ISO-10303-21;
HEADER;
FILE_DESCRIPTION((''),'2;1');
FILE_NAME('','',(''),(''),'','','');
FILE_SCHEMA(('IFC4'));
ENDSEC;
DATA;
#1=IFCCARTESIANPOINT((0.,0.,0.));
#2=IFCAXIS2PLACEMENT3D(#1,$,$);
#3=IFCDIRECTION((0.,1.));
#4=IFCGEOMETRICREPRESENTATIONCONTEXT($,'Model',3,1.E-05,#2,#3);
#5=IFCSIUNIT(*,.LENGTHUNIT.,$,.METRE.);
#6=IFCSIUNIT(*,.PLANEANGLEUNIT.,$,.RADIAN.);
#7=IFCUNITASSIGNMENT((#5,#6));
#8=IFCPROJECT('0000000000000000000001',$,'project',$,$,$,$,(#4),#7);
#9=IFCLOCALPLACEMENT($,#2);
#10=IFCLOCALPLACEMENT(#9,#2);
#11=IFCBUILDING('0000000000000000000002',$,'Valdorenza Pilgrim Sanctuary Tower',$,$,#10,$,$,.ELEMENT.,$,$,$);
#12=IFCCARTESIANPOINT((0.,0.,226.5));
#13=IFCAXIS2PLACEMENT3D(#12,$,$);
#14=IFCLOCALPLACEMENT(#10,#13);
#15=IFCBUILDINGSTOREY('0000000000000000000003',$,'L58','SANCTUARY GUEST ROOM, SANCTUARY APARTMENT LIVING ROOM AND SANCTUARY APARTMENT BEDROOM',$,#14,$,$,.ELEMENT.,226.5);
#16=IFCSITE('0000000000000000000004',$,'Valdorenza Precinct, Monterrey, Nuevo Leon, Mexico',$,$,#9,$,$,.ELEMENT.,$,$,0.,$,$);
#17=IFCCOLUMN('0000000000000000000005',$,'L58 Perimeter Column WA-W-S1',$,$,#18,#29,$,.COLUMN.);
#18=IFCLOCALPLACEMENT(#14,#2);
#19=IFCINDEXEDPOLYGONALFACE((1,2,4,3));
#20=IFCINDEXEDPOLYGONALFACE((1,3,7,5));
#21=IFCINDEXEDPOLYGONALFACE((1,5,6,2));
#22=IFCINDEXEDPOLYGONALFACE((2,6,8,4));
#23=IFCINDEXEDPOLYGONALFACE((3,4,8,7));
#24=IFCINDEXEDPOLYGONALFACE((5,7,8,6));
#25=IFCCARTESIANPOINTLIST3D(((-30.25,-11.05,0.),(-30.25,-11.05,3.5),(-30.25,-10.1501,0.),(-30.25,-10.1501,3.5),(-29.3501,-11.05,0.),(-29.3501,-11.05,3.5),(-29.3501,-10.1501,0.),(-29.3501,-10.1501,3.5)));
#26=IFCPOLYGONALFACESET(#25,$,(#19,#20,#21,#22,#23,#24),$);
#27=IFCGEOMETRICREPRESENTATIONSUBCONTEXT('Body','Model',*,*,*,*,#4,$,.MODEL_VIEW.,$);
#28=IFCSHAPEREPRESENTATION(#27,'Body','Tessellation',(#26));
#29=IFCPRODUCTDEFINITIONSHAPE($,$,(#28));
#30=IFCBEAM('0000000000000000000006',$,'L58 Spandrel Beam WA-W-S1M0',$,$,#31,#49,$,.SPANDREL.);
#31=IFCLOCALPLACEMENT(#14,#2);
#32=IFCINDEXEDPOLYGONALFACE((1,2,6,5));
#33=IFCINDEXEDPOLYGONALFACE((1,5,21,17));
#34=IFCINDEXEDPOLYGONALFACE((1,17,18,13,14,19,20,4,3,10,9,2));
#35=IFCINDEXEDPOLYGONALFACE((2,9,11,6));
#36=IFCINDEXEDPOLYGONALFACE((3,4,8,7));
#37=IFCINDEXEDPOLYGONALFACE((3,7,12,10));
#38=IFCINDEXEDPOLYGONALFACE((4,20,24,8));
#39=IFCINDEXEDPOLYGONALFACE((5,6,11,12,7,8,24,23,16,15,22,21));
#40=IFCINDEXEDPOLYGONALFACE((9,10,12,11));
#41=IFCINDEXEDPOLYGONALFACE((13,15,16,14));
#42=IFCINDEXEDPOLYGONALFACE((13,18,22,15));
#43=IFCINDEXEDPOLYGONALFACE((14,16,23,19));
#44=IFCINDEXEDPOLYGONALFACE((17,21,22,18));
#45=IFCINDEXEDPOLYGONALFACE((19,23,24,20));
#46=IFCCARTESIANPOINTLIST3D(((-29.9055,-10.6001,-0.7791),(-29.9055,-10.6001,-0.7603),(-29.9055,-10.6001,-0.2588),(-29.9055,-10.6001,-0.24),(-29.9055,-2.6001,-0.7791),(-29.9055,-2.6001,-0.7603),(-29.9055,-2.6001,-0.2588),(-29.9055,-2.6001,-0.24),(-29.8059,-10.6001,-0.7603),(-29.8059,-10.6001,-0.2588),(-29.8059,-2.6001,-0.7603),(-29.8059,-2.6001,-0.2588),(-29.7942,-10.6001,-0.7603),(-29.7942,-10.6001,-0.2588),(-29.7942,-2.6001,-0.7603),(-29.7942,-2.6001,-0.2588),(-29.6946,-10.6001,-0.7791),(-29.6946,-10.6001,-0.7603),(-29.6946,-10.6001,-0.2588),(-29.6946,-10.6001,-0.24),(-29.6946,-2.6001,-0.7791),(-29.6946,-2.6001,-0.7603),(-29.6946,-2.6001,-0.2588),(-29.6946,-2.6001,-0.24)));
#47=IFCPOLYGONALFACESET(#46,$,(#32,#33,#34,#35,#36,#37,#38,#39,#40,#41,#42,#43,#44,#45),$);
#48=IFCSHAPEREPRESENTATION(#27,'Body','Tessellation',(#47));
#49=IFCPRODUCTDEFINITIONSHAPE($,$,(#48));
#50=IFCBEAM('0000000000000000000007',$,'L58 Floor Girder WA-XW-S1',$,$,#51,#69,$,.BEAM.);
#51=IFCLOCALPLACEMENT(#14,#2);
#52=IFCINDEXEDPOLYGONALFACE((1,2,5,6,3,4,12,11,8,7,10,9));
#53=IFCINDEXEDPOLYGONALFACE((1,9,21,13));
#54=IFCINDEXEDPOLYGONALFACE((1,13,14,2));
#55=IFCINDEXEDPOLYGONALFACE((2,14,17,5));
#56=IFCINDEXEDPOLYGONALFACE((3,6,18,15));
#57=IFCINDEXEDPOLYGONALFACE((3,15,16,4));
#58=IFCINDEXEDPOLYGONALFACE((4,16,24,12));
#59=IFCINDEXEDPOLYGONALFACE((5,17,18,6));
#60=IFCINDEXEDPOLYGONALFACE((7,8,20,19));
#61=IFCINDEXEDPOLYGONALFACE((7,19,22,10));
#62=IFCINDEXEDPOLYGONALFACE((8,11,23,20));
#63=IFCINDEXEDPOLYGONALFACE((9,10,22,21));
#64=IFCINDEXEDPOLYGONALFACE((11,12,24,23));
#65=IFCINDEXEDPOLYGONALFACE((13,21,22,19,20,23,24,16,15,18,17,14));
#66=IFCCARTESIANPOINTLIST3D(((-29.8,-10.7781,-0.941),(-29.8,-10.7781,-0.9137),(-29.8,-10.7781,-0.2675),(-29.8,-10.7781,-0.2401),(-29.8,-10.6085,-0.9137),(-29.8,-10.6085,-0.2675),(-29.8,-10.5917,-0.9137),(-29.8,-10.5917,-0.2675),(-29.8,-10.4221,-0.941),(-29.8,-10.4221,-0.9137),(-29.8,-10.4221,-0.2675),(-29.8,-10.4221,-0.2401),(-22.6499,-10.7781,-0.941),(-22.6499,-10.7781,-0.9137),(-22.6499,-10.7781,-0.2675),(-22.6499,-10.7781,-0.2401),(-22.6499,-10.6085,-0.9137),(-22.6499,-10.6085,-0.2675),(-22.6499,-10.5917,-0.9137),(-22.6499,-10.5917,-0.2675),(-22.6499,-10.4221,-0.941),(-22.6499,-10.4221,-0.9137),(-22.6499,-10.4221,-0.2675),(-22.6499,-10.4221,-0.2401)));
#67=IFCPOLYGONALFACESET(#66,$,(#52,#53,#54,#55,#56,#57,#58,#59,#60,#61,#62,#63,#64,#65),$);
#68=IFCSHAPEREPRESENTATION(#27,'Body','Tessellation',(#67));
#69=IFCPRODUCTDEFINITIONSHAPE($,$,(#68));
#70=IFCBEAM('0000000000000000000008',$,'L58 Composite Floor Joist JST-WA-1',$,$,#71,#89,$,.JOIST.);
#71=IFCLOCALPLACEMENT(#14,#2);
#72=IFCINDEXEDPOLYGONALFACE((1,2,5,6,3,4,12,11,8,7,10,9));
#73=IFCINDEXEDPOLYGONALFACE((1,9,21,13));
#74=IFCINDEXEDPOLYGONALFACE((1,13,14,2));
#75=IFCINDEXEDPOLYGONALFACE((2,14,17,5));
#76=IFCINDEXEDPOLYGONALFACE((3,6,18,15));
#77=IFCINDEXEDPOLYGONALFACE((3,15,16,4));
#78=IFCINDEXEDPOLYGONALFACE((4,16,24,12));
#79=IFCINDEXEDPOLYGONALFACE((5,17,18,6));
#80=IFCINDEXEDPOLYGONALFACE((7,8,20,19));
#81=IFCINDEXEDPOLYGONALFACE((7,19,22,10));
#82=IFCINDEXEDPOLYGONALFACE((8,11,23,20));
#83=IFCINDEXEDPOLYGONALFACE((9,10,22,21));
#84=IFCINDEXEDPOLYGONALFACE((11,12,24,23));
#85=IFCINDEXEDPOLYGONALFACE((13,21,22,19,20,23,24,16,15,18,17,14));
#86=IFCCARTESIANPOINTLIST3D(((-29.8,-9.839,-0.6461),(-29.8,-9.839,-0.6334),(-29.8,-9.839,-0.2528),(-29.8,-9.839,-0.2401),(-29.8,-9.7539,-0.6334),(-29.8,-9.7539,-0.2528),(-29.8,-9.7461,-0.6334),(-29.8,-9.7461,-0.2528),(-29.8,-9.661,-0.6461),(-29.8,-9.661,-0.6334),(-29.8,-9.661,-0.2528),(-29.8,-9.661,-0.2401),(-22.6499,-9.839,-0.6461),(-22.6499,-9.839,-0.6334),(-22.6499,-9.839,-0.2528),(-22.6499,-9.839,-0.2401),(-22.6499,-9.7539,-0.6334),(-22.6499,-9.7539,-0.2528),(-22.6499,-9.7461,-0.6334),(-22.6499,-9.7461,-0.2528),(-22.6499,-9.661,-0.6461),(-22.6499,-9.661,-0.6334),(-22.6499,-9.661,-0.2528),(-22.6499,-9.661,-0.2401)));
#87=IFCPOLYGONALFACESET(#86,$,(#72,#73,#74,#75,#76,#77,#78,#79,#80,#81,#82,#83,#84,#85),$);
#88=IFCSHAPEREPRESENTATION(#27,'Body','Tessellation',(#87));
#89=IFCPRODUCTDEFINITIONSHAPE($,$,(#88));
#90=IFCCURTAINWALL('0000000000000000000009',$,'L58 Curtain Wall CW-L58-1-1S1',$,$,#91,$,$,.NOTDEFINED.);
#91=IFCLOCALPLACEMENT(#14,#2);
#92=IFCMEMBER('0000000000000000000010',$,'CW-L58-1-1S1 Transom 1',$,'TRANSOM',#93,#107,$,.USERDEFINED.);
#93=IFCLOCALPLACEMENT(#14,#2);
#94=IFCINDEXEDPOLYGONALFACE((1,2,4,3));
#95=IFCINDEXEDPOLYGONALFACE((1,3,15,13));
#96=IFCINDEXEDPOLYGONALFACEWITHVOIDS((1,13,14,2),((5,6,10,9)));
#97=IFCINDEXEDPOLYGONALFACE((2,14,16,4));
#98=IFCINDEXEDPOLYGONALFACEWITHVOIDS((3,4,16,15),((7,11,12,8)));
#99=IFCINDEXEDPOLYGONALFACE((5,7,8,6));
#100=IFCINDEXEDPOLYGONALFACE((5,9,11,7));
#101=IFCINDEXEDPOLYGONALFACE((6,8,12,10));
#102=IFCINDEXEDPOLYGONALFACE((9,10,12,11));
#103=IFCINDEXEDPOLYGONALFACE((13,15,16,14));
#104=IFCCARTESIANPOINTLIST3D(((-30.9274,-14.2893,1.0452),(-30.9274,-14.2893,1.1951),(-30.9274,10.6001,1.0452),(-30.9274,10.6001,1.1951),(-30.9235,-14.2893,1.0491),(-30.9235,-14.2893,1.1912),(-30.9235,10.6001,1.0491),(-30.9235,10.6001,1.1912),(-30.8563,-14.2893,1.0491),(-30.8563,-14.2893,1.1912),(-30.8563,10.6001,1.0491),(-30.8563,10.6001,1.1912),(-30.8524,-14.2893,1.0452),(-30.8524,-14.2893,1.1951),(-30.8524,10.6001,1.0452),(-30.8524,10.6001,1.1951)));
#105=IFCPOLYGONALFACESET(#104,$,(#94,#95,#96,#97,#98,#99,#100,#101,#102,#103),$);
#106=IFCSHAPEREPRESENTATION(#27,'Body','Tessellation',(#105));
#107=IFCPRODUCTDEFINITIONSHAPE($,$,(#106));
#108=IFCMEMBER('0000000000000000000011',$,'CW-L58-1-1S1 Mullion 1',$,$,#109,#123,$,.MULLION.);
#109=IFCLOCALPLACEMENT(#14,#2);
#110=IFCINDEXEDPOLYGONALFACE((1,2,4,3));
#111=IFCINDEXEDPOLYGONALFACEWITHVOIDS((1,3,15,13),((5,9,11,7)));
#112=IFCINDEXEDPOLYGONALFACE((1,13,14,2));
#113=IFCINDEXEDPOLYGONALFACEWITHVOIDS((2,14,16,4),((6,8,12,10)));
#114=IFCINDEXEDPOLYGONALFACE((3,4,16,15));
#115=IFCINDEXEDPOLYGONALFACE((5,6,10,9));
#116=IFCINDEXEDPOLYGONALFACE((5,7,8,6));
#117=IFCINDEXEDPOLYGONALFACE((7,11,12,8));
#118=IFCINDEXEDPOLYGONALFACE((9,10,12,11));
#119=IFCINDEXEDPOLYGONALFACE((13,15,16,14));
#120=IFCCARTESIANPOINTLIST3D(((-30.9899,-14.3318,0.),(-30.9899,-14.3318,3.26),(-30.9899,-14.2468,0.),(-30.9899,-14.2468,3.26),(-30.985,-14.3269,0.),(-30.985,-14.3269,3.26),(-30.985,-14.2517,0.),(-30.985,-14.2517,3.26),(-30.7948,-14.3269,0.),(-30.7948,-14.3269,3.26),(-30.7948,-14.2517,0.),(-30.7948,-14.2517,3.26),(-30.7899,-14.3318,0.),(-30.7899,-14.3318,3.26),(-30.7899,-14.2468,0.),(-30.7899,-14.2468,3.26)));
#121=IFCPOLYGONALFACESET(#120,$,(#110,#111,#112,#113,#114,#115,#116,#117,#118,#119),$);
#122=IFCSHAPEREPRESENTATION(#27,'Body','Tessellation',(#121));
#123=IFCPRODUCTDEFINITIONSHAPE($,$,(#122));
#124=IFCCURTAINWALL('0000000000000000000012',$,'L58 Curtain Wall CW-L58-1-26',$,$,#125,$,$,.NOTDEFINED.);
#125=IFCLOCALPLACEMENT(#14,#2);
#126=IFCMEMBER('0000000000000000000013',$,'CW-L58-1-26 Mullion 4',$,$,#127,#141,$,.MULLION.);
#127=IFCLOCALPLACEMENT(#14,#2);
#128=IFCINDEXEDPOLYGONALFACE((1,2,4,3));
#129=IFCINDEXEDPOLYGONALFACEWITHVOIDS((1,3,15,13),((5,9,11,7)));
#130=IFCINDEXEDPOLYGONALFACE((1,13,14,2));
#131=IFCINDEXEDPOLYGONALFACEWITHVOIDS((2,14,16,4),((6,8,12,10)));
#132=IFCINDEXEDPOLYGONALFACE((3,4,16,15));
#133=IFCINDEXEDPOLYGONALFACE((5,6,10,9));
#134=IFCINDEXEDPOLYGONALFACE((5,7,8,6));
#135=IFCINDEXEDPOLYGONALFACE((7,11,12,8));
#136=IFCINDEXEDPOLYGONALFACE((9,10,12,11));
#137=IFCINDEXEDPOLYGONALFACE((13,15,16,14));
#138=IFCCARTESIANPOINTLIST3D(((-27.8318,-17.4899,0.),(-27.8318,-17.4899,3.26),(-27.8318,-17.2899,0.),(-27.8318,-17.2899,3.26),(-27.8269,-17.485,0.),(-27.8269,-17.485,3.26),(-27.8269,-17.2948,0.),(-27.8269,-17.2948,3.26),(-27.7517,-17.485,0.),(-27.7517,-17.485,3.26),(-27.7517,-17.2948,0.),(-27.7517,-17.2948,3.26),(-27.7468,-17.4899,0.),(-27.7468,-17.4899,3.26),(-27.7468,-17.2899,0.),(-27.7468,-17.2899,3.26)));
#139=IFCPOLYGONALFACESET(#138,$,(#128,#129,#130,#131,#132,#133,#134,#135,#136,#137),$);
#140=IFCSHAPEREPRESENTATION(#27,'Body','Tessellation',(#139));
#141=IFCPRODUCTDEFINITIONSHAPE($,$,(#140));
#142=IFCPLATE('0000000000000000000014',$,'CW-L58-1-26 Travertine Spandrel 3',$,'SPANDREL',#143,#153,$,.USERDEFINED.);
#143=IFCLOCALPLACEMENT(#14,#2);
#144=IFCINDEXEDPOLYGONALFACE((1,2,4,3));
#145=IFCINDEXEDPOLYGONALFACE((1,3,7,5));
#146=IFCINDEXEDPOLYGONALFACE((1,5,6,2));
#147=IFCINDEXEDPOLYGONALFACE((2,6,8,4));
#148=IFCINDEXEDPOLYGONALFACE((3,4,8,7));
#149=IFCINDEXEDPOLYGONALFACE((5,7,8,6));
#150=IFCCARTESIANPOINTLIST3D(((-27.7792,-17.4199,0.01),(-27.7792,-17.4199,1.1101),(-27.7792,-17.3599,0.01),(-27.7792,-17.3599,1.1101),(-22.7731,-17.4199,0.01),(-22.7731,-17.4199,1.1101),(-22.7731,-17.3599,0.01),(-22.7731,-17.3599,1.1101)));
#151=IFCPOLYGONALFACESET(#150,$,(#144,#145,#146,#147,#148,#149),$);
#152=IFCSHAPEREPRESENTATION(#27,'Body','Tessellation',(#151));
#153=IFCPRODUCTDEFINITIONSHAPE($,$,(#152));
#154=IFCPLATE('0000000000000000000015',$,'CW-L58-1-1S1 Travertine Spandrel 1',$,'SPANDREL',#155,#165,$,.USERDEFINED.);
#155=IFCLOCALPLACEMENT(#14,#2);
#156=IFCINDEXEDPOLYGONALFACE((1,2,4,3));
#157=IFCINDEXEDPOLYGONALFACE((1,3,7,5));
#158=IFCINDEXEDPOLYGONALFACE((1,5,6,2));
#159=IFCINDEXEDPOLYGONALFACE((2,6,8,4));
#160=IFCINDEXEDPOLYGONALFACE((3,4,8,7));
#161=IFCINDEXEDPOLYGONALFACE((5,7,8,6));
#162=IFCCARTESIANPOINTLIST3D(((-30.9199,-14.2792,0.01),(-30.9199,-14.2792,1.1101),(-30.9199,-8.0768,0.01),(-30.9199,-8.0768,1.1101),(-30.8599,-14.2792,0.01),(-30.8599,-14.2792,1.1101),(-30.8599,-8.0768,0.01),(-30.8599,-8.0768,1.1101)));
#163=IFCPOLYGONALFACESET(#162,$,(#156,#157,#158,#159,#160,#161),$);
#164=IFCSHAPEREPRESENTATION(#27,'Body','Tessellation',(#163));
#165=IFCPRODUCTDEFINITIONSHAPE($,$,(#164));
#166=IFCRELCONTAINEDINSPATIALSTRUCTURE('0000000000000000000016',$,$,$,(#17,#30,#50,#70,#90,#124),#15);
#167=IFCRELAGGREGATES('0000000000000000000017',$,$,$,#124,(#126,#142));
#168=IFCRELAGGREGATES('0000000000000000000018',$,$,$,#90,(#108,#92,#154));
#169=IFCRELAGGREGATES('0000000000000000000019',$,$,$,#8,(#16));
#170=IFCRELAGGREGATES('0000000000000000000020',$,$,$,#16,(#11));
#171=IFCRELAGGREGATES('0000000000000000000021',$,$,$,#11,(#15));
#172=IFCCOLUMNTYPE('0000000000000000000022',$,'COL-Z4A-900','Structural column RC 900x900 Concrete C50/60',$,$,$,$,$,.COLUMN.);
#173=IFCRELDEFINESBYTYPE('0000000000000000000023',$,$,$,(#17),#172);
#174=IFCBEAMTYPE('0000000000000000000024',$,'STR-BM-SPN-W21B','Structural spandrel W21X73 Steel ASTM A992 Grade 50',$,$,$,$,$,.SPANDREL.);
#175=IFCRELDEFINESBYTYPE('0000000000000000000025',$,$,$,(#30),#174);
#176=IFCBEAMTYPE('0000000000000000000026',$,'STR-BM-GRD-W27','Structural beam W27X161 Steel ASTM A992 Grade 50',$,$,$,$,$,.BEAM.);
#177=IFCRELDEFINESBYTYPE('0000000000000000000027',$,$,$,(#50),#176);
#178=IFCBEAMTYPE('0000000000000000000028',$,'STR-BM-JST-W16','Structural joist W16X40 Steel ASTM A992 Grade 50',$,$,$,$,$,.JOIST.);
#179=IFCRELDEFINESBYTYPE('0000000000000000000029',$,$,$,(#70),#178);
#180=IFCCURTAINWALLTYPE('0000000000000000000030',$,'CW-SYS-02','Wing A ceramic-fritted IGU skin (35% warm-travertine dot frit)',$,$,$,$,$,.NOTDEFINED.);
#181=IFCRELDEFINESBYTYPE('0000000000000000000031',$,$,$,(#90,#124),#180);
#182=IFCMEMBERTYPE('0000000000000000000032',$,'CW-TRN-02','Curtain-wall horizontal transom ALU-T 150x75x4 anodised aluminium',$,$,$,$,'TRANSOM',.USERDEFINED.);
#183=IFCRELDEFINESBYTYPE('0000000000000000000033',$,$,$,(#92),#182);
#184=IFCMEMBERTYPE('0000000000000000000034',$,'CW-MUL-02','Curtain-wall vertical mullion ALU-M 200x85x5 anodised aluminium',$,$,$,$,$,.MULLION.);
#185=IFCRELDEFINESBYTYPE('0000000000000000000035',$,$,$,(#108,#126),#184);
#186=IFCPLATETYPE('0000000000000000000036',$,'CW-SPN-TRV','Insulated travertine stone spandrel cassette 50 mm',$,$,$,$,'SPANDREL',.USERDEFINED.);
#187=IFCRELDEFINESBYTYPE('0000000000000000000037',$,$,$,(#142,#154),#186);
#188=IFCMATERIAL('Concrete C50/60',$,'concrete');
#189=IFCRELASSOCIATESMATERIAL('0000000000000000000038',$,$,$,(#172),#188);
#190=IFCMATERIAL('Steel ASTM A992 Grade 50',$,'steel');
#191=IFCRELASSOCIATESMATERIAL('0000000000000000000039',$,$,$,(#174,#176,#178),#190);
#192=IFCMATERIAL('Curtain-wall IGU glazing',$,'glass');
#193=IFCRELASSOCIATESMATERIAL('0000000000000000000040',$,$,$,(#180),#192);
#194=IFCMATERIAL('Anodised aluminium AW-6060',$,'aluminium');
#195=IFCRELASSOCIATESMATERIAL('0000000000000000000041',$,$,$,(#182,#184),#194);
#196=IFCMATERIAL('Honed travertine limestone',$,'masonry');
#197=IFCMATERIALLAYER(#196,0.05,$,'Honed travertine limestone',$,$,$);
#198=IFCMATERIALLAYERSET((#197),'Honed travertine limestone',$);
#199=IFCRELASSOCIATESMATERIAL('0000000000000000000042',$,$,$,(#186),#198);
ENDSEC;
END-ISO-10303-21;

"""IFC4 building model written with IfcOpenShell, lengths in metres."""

from ifc_helpers import new_model, si_unit, direction, frame, origin, origin_2d, place, context, subcontext, project, spatial, rectangle, hollow_rectangle, i_section, extrude, source, transform, mapped, material, layer, layer_set, material_profile, profile_set, type_object, element, aggregate, save


model = new_model("IFC4")

# Units and contexts
model_context = context("Model", 3, precision=1e-05, world=origin(), true_north=direction((0.0, 1.0)))
body_context = subcontext(model_context, "Body", "Model", "MODEL_VIEW")
ifc_project = project(units=[si_unit("LENGTHUNIT", "METRE"), si_unit("PLANEANGLEUNIT", "RADIAN")], contexts=[model_context])

# Site, building, storey
site_placement = place(None, origin())
site = spatial("IfcSite", under=ifc_project, at=site_placement, Name="Valdorenza Precinct, Monterrey, Nuevo Leon, Mexico", CompositionType="ELEMENT", RefElevation=0.0)
building_placement = place(site_placement, origin())
building = spatial("IfcBuilding", under=site, at=building_placement, Name="Valdorenza Pilgrim Sanctuary Tower", CompositionType="ELEMENT")
storey_placement = place(building_placement, frame((0.0, 0.0, 226.5)))
storey = spatial("IfcBuildingStorey", under=building, at=storey_placement, Name="L58", Description="SANCTUARY GUEST ROOM, SANCTUARY APARTMENT LIVING ROOM AND SANCTUARY APARTMENT BEDROOM", CompositionType="ELEMENT", Elevation=226.5)

# Column
ifc_material_1 = material(Name="Concrete C50/60", Category="concrete")
ifc_material_profile_1 = material_profile(ifc_material_1, rectangle(XDim=0.8999, YDim=0.8999, at=origin_2d()), Name="RC 900x900")
ifc_profile_set_1 = profile_set([ifc_material_profile_1], Name="Concrete C50/60")
column_type = type_object("IfcColumnType", Name="COL-Z4A-900", Description="Structural column RC 900x900 Concrete C50/60", PredefinedType="COLUMN", material=ifc_profile_set_1)
shared_shape_1 = source(origin(), body_context, "Body", "SweptSolid", [
    extrude(rectangle(XDim=0.8999, YDim=0.8999, at=origin_2d()), origin(), (0.0, 0.0, 1.0), 3.5),
])
column_placement = place(storey_placement, frame((-29.8, -10.6001, 0.0), z_axis=(0.0, 0.0, 1.0), x_axis=(1.0, 0.0, 0.0)))
element("IfcColumn", 1, at=column_placement, inside=storey, type_object=column_type, Name="L58 Perimeter Column WA-W-S1", PredefinedType="COLUMN", context=body_context, shape_type="MappedRepresentation", body=[
    mapped(shared_shape_1, transform((0.0, 0.0, 0.0), x_axis=(1.0, 0.0, 0.0), y_axis=(0.0, 1.0, 0.0), z_axis=(0.0, 0.0, 1.0), scale=1.0)),
])

# Beams
ifc_material_2 = material(Name="Steel ASTM A992 Grade 50", Category="steel")
ifc_material_profile_2 = material_profile(ifc_material_2, i_section(OverallWidth=0.2109, OverallDepth=0.5391, WebThickness=0.0117, FlangeThickness=0.0188, at=origin_2d()), Name="W21X73")
ifc_profile_set_2 = profile_set([ifc_material_profile_2], Name="Steel ASTM A992 Grade 50")
beam_type_1 = type_object("IfcBeamType", Name="STR-BM-SPN-W21B", Description="Structural spandrel W21X73 Steel ASTM A992 Grade 50", PredefinedType="SPANDREL", material=ifc_profile_set_2)
shared_shape_2 = source(origin(), body_context, "Body", "SweptSolid", [
    extrude(i_section(OverallWidth=0.2109, OverallDepth=0.5391, WebThickness=0.0117, FlangeThickness=0.0188, at=origin_2d()), origin(), (0.0, 0.0, 1.0), 8.0),
])
beam_1_placement = place(storey_placement, frame((-29.8, -10.6001, -0.5095), z_axis=(0.0, 1.0, 0.0), x_axis=(-1.0, 0.0, 0.0)))
element("IfcBeam", 2, at=beam_1_placement, inside=storey, type_object=beam_type_1, Name="L58 Spandrel Beam WA-W-S1M0", PredefinedType="SPANDREL", context=body_context, shape_type="MappedRepresentation", body=[
    mapped(shared_shape_2, transform((0.0, 0.0, 0.0), x_axis=(1.0, 0.0, 0.0), y_axis=(0.0, 1.0, 0.0), z_axis=(0.0, 0.0, 1.0), scale=1.0)),
])
ifc_material_profile_3 = material_profile(ifc_material_2, i_section(OverallWidth=0.356, OverallDepth=0.7009, WebThickness=0.0168, FlangeThickness=0.0273, at=origin_2d()), Name="W27X161")
ifc_profile_set_3 = profile_set([ifc_material_profile_3], Name="Steel ASTM A992 Grade 50")
beam_type_2 = type_object("IfcBeamType", Name="STR-BM-GRD-W27", Description="Structural beam W27X161 Steel ASTM A992 Grade 50", PredefinedType="BEAM", material=ifc_profile_set_3)
shared_shape_3 = source(origin(), body_context, "Body", "SweptSolid", [
    extrude(i_section(OverallWidth=0.356, OverallDepth=0.7009, WebThickness=0.0168, FlangeThickness=0.0273, at=origin_2d()), origin(), (0.0, 0.0, 1.0), 7.1501),
])
beam_2_placement = place(storey_placement, frame((-29.8, -10.6001, -0.5906), z_axis=(1.0, 0.0, 0.0), x_axis=(0.0, 1.0, 0.0)))
element("IfcBeam", 3, at=beam_2_placement, inside=storey, type_object=beam_type_2, Name="L58 Floor Girder WA-XW-S1", PredefinedType="BEAM", context=body_context, shape_type="MappedRepresentation", body=[
    mapped(shared_shape_3, transform((0.0, 0.0, 0.0), x_axis=(1.0, 0.0, 0.0), y_axis=(0.0, 1.0, 0.0), z_axis=(0.0, 0.0, 1.0), scale=1.0)),
])
ifc_material_profile_4 = material_profile(ifc_material_2, i_section(OverallWidth=0.178, OverallDepth=0.406, WebThickness=0.0078, FlangeThickness=0.0127, at=origin_2d()), Name="W16X40")
ifc_profile_set_4 = profile_set([ifc_material_profile_4], Name="Steel ASTM A992 Grade 50")
beam_type_3 = type_object("IfcBeamType", Name="STR-BM-JST-W16", Description="Structural joist W16X40 Steel ASTM A992 Grade 50", PredefinedType="JOIST", material=ifc_profile_set_4)
shared_shape_4 = source(origin(), body_context, "Body", "SweptSolid", [
    extrude(i_section(OverallWidth=0.178, OverallDepth=0.406, WebThickness=0.0078, FlangeThickness=0.0127, at=origin_2d()), origin(), (0.0, 0.0, 1.0), 7.1501),
])
beam_3_placement = place(storey_placement, frame((-29.8, -9.75, -0.4431), z_axis=(1.0, 0.0, 0.0), x_axis=(0.0, 1.0, 0.0)))
element("IfcBeam", 4, at=beam_3_placement, inside=storey, type_object=beam_type_3, Name="L58 Composite Floor Joist JST-WA-1", PredefinedType="JOIST", context=body_context, shape_type="MappedRepresentation", body=[
    mapped(shared_shape_4, transform((0.0, 0.0, 0.0), x_axis=(1.0, 0.0, 0.0), y_axis=(0.0, 1.0, 0.0), z_axis=(0.0, 0.0, 1.0), scale=1.0)),
])

# Curtain wall, members
ifc_material_3 = material(Name="Curtain-wall IGU glazing", Category="glass")
curtain_wall_type = type_object("IfcCurtainWallType", Name="CW-SYS-02", Description="Wing A ceramic-fritted IGU skin (35% warm-travertine dot frit)", PredefinedType="NOTDEFINED", material=ifc_material_3)
curtain_wall_1_placement = place(storey_placement, origin())
curtain_wall_1 = element("IfcCurtainWall", 5, at=curtain_wall_1_placement, inside=storey, type_object=curtain_wall_type, Name="L58 Curtain Wall CW-L58-1-1S1", PredefinedType="NOTDEFINED")
ifc_material_4 = material(Name="Anodised aluminium AW-6060", Category="aluminium")
ifc_material_profile_5 = material_profile(ifc_material_4, hollow_rectangle(XDim=0.075, YDim=0.1499, WallThickness=0.0039, at=origin_2d()), Name="ALU-T 150x75x4")
ifc_profile_set_5 = profile_set([ifc_material_profile_5], Name="Anodised aluminium AW-6060")
member_type_1 = type_object("IfcMemberType", Name="CW-TRN-02", Description="Curtain-wall horizontal transom ALU-T 150x75x4 anodised aluminium", ElementType="TRANSOM", PredefinedType="USERDEFINED", material=ifc_profile_set_5)
shared_shape_5 = source(origin(), body_context, "Body", "SweptSolid", [
    extrude(hollow_rectangle(XDim=0.075, YDim=0.1499, WallThickness=0.0039, at=origin_2d()), origin(), (0.0, 0.0, 1.0), 24.8894),
])
member_1_placement = place(storey_placement, frame((-30.8899, -14.2893, 1.1201), z_axis=(0.0, 1.0, 0.0), x_axis=(-1.0, 0.0, 0.0)))
member_1 = element("IfcMember", 6, at=member_1_placement, type_object=member_type_1, Name="CW-L58-1-1S1 Transom 1", ObjectType="TRANSOM", PredefinedType="USERDEFINED", context=body_context, shape_type="MappedRepresentation", body=[
    mapped(shared_shape_5, transform((0.0, 0.0, 0.0), x_axis=(1.0, 0.0, 0.0), y_axis=(0.0, 1.0, 0.0), z_axis=(0.0, 0.0, 1.0), scale=1.0)),
])
ifc_material_profile_6 = material_profile(ifc_material_4, hollow_rectangle(XDim=0.085, YDim=0.2, WallThickness=0.0049, at=origin_2d()), Name="ALU-M 200x85x5")
ifc_profile_set_6 = profile_set([ifc_material_profile_6], Name="Anodised aluminium AW-6060")
member_type_2 = type_object("IfcMemberType", Name="CW-MUL-02", Description="Curtain-wall vertical mullion ALU-M 200x85x5 anodised aluminium", PredefinedType="MULLION", material=ifc_profile_set_6)
shared_shape_6 = source(origin(), body_context, "Body", "SweptSolid", [
    extrude(hollow_rectangle(XDim=0.085, YDim=0.2, WallThickness=0.0049, at=origin_2d()), origin(), (0.0, 0.0, 1.0), 3.26),
])
member_2_placement = place(storey_placement, frame((-30.8899, -14.2893, 0.0), z_axis=(0.0, 0.0, 1.0), x_axis=(0.0, 1.0, 0.0)))
member_2 = element("IfcMember", 7, at=member_2_placement, type_object=member_type_2, Name="CW-L58-1-1S1 Mullion 1", PredefinedType="MULLION", context=body_context, shape_type="MappedRepresentation", body=[
    mapped(shared_shape_6, transform((0.0, 0.0, 0.0), x_axis=(1.0, 0.0, 0.0), y_axis=(0.0, 1.0, 0.0), z_axis=(0.0, 0.0, 1.0), scale=1.0)),
])

# Curtain wall, member, plate
curtain_wall_2_placement = place(storey_placement, origin())
curtain_wall_2 = element("IfcCurtainWall", 8, at=curtain_wall_2_placement, inside=storey, type_object=curtain_wall_type, Name="L58 Curtain Wall CW-L58-1-26", PredefinedType="NOTDEFINED")
member_3_placement = place(storey_placement, frame((-27.7893, -17.3899, 0.0), z_axis=(0.0, 0.0, 1.0), x_axis=(-1.0, 0.0, 0.0)))
member_3 = element("IfcMember", 9, at=member_3_placement, type_object=member_type_2, Name="CW-L58-1-26 Mullion 4", PredefinedType="MULLION", context=body_context, shape_type="MappedRepresentation", body=[
    mapped(shared_shape_6, transform((0.0, 0.0, 0.0), x_axis=(1.0, 0.0, 0.0), y_axis=(0.0, 1.0, 0.0), z_axis=(0.0, 0.0, 1.0), scale=1.0)),
])
ifc_material_5 = material(Name="Honed travertine limestone", Category="masonry")
ifc_layer_1 = layer(ifc_material_5, 0.05, Name="Honed travertine limestone")
ifc_layer_set_1 = layer_set([ifc_layer_1], Name="Honed travertine limestone")
plate_type_1 = type_object("IfcPlateType", Name="CW-SPN-TRV", Description="Insulated travertine stone spandrel cassette 50 mm", ElementType="SPANDREL", PredefinedType="USERDEFINED", material=ifc_layer_set_1)
shared_shape_7 = source(origin(), body_context, "Body", "SweptSolid", [
    extrude(rectangle(XDim=5.0061, YDim=0.0601, at=origin_2d()), origin(), (0.0, 0.0, 1.0), 1.1001),
])
plate_1_placement = place(storey_placement, frame((-25.2761, -17.3899, 0.01), z_axis=(0.0, 0.0, 1.0), x_axis=(-1.0, 0.0, 0.0)))
plate_1 = element("IfcPlate", 10, at=plate_1_placement, type_object=plate_type_1, Name="CW-L58-1-26 Travertine Spandrel 3", ObjectType="SPANDREL", PredefinedType="USERDEFINED", context=body_context, shape_type="MappedRepresentation", body=[
    mapped(shared_shape_7, transform((0.0, 0.0, 0.0), x_axis=(1.0, 0.0, 0.0), y_axis=(0.0, 1.0, 0.0), z_axis=(0.0, 0.0, 1.0), scale=1.0)),
])
aggregate(curtain_wall_2, [member_3, plate_1])

# Plate
shared_shape_8 = source(origin(), body_context, "Body", "SweptSolid", [
    extrude(rectangle(XDim=6.2024, YDim=0.0601, at=origin_2d()), origin(), (0.0, 0.0, 1.0), 1.1001),
])
plate_2_placement = place(storey_placement, frame((-30.8899, -11.178, 0.01), z_axis=(0.0, 0.0, 1.0), x_axis=(0.0, 1.0, 0.0)))
plate_2 = element("IfcPlate", 11, at=plate_2_placement, type_object=plate_type_1, Name="CW-L58-1-1S1 Travertine Spandrel 1", ObjectType="SPANDREL", PredefinedType="USERDEFINED", context=body_context, shape_type="MappedRepresentation", body=[
    mapped(shared_shape_8, transform((0.0, 0.0, 0.0), x_axis=(1.0, 0.0, 0.0), y_axis=(0.0, 1.0, 0.0), z_axis=(0.0, 0.0, 1.0), scale=1.0)),
])
aggregate(curtain_wall_1, [member_2, member_1, plate_2])

save(model, "model.ifc")
